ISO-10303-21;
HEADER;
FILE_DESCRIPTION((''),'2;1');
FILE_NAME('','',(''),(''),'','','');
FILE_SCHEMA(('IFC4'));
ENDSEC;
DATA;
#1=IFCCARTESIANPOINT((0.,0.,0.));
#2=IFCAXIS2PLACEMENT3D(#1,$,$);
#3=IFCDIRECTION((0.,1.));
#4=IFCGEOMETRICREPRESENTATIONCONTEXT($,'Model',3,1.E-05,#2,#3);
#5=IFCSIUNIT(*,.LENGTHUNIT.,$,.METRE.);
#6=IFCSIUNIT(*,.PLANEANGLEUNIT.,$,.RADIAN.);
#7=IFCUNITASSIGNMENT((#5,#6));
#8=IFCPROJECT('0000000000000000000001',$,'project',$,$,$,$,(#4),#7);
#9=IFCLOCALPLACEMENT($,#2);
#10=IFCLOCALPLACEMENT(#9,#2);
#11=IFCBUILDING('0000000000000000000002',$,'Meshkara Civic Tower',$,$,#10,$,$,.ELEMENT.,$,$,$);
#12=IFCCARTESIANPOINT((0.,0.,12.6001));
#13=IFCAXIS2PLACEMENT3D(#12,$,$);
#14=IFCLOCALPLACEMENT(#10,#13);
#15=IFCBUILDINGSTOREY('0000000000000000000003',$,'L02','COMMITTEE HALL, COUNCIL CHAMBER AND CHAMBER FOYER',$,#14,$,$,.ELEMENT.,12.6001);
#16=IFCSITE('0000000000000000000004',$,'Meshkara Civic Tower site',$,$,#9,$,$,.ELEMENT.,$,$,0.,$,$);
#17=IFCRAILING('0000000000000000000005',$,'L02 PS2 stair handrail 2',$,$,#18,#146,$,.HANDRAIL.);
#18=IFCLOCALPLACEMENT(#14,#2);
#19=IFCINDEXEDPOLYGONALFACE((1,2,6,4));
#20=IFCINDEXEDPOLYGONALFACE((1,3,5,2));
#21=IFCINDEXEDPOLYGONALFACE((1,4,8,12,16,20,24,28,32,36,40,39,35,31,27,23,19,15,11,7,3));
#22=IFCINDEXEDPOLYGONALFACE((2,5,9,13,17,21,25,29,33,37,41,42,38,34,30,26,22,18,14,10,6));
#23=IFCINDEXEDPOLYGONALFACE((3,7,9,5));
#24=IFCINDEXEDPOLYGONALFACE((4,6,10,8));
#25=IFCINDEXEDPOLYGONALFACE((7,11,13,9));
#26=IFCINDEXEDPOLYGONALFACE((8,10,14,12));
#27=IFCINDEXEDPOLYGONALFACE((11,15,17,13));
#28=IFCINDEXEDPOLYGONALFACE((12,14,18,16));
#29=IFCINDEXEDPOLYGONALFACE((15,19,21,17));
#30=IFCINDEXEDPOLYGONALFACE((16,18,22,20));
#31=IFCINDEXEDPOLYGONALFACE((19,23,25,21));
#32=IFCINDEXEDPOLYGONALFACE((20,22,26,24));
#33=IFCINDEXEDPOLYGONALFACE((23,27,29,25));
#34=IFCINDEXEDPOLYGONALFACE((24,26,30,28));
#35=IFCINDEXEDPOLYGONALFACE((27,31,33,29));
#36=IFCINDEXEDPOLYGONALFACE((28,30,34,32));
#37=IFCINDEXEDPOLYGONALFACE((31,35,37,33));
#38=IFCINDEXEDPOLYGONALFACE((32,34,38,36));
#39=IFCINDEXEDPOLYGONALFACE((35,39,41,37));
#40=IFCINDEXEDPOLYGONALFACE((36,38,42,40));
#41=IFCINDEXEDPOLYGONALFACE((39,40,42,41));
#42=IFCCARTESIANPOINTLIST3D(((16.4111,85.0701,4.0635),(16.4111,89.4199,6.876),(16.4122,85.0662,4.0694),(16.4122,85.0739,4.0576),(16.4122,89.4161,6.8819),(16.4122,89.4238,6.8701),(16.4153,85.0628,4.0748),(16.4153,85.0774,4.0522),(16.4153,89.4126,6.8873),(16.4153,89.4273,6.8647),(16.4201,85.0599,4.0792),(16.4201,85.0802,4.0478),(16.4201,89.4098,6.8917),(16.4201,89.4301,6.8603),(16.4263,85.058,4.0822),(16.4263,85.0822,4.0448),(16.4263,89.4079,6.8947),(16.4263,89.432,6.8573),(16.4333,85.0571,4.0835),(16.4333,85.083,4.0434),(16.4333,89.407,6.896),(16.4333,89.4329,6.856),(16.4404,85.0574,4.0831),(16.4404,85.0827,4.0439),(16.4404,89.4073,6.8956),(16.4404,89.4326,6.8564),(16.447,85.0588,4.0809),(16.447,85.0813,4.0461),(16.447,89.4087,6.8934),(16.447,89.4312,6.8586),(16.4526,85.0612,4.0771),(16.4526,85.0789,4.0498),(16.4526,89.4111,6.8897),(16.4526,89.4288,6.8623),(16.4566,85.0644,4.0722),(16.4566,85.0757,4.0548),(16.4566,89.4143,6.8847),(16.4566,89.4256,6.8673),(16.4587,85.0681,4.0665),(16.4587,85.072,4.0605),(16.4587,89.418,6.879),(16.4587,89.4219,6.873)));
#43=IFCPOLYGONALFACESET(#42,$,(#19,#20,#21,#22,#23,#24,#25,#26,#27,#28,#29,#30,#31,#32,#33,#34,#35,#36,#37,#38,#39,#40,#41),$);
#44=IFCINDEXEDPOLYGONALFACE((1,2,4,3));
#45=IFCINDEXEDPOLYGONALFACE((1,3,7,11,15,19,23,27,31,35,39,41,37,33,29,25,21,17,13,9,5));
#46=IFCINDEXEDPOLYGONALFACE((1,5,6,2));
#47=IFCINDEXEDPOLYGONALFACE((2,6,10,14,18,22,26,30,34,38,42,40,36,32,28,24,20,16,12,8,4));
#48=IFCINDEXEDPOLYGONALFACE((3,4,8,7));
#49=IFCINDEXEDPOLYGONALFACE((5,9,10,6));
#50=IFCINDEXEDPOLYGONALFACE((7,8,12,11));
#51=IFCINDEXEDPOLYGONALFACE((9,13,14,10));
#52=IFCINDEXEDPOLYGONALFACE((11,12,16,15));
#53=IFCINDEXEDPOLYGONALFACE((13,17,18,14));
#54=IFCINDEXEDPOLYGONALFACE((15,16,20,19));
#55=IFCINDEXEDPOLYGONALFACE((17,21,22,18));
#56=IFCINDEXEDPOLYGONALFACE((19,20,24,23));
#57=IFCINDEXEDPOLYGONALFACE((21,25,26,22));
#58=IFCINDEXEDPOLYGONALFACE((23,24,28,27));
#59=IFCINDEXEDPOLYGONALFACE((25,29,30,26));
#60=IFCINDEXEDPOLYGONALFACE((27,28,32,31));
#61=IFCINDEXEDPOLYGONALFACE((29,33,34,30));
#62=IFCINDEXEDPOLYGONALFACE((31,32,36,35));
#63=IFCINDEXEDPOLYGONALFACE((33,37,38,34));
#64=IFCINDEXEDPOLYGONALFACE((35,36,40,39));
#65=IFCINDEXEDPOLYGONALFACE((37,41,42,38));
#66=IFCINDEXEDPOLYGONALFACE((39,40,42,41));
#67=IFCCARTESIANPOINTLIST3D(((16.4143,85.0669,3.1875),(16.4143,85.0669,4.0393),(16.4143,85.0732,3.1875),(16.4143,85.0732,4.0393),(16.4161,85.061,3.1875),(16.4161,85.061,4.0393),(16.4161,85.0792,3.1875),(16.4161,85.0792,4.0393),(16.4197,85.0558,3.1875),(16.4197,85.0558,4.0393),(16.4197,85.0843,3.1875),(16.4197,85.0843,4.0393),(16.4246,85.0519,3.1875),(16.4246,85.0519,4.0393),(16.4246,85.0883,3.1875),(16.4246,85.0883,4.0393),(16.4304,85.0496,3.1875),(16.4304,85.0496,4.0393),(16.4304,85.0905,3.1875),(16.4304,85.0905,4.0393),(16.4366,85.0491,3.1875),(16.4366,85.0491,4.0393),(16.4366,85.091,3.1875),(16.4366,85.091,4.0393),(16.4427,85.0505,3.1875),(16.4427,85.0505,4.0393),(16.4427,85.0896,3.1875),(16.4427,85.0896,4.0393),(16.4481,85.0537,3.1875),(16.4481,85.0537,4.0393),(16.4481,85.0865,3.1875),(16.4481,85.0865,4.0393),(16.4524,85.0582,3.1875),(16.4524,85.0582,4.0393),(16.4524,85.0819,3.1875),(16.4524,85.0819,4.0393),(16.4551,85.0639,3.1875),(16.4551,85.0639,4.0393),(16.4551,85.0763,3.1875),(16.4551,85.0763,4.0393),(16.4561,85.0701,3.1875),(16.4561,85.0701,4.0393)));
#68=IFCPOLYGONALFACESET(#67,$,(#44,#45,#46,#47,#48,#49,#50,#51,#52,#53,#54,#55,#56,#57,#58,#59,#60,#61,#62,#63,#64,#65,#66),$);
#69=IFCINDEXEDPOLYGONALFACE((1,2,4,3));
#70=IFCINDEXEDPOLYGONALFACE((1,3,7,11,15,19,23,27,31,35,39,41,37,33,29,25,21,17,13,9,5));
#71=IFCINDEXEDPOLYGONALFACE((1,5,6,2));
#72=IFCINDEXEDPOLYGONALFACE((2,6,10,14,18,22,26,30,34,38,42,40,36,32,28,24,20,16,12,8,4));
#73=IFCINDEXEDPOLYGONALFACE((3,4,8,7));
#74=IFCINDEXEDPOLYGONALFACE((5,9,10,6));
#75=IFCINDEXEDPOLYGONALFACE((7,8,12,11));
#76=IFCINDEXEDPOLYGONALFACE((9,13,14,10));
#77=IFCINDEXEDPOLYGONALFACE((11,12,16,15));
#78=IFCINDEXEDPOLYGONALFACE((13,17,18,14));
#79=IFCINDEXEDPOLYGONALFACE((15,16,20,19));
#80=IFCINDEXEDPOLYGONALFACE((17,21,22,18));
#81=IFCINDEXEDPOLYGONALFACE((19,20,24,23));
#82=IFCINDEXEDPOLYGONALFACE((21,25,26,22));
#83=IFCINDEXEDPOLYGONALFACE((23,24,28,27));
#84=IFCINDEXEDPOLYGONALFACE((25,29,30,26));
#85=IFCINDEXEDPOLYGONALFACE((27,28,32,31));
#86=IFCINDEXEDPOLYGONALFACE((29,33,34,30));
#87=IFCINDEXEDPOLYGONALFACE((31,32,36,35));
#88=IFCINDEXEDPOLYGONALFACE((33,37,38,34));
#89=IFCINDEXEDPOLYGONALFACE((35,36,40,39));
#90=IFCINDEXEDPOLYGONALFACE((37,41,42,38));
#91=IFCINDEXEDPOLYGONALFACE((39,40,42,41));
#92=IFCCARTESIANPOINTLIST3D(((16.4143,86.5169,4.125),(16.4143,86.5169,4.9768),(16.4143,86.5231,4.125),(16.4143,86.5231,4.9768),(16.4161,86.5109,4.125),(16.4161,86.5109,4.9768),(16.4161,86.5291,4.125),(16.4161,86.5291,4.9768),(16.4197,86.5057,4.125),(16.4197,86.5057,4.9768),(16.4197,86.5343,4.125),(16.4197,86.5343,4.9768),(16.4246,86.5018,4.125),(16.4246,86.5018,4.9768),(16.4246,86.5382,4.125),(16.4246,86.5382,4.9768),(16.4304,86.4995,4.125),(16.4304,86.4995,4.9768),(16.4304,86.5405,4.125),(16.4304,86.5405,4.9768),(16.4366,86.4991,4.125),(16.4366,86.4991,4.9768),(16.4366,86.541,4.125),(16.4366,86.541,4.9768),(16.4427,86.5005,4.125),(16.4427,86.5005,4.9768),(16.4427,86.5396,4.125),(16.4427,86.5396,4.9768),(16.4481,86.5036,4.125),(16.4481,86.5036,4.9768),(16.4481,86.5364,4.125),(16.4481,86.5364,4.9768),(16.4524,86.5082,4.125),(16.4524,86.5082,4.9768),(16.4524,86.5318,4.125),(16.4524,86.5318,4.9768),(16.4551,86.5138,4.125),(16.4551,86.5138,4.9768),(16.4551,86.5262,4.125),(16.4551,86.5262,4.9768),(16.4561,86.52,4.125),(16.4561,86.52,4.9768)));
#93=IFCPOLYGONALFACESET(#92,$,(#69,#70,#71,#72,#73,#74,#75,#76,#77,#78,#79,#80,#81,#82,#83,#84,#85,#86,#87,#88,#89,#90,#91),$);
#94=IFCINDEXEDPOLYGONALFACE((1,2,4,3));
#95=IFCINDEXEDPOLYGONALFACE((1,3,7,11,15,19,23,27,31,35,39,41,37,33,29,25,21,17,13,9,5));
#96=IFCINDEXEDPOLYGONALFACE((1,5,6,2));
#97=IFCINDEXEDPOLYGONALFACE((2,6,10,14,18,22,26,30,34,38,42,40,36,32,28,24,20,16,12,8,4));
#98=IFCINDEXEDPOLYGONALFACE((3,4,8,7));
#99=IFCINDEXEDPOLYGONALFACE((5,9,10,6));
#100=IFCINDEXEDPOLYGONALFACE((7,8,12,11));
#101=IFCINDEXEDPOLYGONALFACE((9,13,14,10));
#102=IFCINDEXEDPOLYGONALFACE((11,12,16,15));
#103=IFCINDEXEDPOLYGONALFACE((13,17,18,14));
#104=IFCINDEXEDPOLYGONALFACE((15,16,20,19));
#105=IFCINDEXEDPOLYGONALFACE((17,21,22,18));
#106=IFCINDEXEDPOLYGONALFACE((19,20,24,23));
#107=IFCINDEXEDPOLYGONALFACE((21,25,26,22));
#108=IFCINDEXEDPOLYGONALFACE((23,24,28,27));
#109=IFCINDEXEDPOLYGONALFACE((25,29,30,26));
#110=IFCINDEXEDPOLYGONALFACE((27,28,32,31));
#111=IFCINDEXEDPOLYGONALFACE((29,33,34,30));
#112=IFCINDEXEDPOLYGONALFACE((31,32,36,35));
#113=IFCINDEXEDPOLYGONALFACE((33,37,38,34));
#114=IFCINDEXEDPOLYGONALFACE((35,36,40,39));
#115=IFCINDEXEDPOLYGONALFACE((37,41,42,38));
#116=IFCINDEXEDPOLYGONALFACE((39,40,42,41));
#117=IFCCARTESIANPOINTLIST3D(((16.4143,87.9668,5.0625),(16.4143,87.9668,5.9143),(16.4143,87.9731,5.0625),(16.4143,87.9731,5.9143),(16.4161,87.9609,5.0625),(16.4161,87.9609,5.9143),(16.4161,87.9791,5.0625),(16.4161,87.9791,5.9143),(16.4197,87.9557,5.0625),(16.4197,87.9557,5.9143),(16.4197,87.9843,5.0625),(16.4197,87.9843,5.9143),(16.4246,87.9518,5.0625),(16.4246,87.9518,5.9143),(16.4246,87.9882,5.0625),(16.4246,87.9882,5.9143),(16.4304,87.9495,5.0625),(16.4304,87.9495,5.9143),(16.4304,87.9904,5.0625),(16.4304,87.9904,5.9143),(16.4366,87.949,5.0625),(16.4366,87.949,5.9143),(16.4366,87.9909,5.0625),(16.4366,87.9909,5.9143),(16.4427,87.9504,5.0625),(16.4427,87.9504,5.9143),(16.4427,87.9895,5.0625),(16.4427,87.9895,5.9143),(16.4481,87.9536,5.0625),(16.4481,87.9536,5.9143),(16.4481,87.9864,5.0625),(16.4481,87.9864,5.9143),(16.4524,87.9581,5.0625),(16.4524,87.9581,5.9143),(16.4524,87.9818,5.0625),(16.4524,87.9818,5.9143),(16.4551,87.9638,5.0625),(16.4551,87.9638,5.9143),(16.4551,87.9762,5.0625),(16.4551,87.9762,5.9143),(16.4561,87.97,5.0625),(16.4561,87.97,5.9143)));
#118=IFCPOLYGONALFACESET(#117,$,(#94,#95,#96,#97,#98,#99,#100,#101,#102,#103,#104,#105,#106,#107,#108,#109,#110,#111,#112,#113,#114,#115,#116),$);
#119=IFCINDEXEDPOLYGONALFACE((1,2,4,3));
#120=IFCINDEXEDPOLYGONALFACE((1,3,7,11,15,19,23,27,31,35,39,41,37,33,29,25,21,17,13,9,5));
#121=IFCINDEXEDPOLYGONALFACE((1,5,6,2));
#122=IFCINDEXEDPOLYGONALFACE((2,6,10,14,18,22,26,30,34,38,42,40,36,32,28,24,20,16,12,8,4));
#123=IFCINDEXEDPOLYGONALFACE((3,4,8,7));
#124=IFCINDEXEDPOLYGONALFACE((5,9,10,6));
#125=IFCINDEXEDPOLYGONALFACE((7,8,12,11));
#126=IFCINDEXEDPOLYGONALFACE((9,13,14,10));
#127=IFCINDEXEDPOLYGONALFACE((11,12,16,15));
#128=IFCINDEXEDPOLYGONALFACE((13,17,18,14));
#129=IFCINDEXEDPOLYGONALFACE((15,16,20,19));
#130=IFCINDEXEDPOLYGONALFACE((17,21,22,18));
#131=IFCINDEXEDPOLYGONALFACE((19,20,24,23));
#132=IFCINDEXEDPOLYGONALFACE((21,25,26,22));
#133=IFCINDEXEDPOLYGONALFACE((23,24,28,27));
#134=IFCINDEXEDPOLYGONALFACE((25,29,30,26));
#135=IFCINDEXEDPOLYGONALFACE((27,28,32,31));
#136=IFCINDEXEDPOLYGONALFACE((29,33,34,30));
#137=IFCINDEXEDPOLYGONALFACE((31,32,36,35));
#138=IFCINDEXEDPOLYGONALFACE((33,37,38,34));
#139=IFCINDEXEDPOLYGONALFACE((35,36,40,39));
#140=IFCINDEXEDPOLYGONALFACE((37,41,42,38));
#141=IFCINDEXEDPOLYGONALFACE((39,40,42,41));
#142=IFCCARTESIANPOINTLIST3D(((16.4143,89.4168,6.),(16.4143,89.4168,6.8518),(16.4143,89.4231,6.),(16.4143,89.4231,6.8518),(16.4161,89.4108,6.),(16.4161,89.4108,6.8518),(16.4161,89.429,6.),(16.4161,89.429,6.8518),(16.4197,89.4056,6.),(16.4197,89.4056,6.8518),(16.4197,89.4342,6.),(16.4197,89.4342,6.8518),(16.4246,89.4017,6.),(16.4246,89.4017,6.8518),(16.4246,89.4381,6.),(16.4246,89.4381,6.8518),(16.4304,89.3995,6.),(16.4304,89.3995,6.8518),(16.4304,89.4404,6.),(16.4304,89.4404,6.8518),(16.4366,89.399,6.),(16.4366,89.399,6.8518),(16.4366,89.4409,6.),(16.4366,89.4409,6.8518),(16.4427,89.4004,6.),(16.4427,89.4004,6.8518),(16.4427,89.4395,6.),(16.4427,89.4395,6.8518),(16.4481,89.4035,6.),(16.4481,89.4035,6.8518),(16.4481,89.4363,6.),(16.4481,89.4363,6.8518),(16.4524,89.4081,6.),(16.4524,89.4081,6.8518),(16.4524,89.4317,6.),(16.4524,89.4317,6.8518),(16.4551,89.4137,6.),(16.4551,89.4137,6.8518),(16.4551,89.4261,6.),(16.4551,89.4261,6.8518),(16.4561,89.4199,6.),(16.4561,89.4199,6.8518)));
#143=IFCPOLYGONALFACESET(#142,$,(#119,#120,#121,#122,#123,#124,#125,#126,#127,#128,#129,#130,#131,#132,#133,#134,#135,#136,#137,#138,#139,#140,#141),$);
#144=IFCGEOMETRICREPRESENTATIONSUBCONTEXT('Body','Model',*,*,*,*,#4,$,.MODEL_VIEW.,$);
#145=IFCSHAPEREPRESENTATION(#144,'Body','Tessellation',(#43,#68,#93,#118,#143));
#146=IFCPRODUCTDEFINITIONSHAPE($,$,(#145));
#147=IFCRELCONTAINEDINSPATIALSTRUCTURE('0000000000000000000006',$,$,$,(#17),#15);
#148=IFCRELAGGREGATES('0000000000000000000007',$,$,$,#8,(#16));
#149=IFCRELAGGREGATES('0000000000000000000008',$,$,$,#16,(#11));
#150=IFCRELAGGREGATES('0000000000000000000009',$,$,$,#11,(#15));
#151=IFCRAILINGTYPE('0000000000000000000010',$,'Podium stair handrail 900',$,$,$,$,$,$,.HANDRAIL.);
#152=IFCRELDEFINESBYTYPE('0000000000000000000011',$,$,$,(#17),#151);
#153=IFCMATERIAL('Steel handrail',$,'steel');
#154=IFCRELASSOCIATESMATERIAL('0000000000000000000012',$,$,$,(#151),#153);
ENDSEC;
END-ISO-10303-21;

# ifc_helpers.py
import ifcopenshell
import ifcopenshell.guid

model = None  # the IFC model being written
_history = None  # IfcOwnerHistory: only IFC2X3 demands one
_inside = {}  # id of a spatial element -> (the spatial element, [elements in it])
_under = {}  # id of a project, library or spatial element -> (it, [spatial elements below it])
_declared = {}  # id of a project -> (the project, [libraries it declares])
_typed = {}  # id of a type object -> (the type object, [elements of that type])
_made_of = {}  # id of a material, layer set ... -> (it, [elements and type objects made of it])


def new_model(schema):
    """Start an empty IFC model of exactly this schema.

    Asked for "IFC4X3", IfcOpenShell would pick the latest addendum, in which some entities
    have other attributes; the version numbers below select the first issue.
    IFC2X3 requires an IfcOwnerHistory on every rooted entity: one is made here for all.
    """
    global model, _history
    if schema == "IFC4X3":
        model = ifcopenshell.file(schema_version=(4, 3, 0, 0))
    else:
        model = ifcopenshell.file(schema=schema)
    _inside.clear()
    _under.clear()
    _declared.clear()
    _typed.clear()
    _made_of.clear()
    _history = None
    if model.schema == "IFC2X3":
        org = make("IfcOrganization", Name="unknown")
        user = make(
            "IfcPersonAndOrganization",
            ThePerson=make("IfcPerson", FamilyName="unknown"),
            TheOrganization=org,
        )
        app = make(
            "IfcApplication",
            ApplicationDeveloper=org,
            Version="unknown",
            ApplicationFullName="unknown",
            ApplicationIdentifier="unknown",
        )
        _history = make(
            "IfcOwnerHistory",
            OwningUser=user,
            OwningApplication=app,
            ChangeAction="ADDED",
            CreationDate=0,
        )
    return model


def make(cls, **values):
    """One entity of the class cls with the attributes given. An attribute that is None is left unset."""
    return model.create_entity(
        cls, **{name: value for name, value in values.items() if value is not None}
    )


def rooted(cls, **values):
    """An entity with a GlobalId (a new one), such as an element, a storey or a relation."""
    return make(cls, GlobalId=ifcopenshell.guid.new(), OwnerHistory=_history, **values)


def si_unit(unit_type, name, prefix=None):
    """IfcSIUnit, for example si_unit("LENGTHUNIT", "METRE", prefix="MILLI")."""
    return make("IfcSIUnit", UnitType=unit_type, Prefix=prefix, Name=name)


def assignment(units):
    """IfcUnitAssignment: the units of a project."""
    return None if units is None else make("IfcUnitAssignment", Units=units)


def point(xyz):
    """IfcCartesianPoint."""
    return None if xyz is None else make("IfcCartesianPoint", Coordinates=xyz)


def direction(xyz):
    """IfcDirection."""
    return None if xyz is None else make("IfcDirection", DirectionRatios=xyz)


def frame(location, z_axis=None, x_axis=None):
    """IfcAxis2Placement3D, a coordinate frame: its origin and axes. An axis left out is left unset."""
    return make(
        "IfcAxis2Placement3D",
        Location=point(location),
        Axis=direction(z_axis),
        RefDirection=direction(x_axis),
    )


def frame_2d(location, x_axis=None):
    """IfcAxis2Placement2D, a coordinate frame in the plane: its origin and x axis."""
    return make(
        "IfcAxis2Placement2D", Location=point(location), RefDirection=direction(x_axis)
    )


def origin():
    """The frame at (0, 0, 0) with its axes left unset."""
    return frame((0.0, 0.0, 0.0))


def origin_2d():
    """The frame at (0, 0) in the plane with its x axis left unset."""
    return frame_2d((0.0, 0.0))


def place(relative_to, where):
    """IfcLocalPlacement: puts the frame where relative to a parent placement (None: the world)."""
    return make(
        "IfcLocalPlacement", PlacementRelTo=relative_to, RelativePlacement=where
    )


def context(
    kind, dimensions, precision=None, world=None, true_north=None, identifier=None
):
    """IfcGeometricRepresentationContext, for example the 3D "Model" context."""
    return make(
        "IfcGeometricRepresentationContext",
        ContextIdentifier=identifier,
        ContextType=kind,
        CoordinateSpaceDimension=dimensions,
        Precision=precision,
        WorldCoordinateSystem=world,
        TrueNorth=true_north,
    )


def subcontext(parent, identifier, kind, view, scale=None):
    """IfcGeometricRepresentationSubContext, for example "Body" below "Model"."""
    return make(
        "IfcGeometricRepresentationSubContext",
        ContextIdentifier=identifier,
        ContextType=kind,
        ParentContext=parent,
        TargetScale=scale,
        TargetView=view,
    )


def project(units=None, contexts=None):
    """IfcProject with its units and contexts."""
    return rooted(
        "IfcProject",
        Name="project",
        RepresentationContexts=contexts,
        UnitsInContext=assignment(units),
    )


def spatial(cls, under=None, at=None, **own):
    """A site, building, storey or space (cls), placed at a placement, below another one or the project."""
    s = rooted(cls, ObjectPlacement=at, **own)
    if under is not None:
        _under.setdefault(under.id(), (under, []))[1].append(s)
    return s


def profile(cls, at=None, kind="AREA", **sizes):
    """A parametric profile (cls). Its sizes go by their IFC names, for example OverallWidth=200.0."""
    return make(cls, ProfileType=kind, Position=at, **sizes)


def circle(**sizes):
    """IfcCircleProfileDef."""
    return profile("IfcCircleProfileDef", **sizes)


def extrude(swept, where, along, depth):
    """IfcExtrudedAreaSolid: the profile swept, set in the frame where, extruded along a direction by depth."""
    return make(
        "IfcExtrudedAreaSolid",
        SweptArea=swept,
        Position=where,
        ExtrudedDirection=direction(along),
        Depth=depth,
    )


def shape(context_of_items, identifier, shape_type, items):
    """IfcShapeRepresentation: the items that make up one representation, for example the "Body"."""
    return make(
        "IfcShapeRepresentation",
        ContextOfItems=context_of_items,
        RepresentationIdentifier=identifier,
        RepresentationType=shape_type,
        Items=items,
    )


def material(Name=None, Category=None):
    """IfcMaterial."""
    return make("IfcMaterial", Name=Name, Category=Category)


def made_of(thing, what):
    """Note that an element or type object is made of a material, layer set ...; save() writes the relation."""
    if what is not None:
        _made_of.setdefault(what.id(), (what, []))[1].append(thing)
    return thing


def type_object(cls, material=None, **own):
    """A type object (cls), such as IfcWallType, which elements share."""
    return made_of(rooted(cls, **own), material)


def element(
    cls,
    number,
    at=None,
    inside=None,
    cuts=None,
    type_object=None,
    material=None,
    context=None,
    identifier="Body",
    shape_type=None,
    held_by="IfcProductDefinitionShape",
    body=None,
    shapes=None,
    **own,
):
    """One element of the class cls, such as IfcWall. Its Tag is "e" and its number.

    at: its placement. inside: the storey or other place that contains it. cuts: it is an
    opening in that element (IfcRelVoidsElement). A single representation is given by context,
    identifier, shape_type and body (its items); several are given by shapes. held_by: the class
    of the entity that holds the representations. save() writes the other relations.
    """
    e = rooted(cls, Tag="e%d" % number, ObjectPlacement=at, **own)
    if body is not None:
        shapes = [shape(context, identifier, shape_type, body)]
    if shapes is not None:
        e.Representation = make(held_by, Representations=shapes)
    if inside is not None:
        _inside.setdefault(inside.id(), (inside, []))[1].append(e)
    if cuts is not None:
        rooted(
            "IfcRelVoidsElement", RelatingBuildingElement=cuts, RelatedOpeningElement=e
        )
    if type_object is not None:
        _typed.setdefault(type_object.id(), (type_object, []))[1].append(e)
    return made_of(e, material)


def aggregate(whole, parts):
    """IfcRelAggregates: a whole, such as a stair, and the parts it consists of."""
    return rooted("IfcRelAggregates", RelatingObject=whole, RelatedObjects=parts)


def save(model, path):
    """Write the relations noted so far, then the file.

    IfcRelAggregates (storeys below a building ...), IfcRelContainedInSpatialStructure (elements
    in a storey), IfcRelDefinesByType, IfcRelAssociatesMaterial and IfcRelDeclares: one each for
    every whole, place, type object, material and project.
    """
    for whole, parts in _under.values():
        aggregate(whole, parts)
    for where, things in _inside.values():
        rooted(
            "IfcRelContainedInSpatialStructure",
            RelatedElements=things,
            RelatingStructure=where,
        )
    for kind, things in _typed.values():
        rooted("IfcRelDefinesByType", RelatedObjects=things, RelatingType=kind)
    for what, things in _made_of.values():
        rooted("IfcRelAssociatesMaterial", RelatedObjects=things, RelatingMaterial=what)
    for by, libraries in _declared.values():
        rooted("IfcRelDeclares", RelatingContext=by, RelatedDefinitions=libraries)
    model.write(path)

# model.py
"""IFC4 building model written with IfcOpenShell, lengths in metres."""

from ifc_helpers import new_model, si_unit, direction, frame, origin, origin_2d, place, context, subcontext, project, spatial, circle, extrude, material, type_object, element, save


model = new_model("IFC4")

# Units and contexts
model_context = context("Model", 3, precision=1e-05, world=origin(), true_north=direction((0.0, 1.0)))
body_context = subcontext(model_context, "Body", "Model", "MODEL_VIEW")
ifc_project = project(units=[si_unit("LENGTHUNIT", "METRE"), si_unit("PLANEANGLEUNIT", "RADIAN")], contexts=[model_context])

# Site, building, storey
site_placement = place(None, origin())
site = spatial("IfcSite", under=ifc_project, at=site_placement, Name="Meshkara Civic Tower site", CompositionType="ELEMENT", RefElevation=0.0)
building_placement = place(site_placement, origin())
building = spatial("IfcBuilding", under=site, at=building_placement, Name="Meshkara Civic Tower", CompositionType="ELEMENT")
storey_placement = place(building_placement, frame((0.0, 0.0, 12.6001)))
storey = spatial("IfcBuildingStorey", under=building, at=storey_placement, Name="L02", Description="COMMITTEE HALL, COUNCIL CHAMBER AND CHAMBER FOYER", CompositionType="ELEMENT", Elevation=12.6001)

# Railing
ifc_material_1 = material(Name="Steel handrail", Category="steel")
railing_type_1 = type_object("IfcRailingType", Name="Podium stair handrail 900", PredefinedType="HANDRAIL", material=ifc_material_1)
railing_1_placement = place(storey_placement, frame((16.4351, 85.0701, 3.1875)))
element("IfcRailing", 1, at=railing_1_placement, inside=storey, type_object=railing_type_1, Name="L02 PS2 stair handrail 2", PredefinedType="HANDRAIL", context=body_context, shape_type="SweptSolid", body=[
    extrude(circle(Radius=0.0239, at=origin_2d()), frame((0.0, 0.0, 0.876), z_axis=(0.0, 0.839756, 0.542964), x_axis=(-1.0, 0.0, 0.0)), (0.0, 0.0, 1.0), 5.1799),
    extrude(circle(Radius=0.021, at=origin_2d()), origin(), (0.0, 0.0, 1.0), 0.8518),
    extrude(circle(Radius=0.021, at=origin_2d()), frame((0.0, 1.45, 0.9375)), (0.0, 0.0, 1.0), 0.8518),
    extrude(circle(Radius=0.021, at=origin_2d()), frame((0.0, 2.8999, 1.875)), (0.0, 0.0, 1.0), 0.8518),
    extrude(circle(Radius=0.021, at=origin_2d()), frame((0.0, 4.3499, 2.8125)), (0.0, 0.0, 1.0), 0.8518),
])

save(model, "model.ifc")
